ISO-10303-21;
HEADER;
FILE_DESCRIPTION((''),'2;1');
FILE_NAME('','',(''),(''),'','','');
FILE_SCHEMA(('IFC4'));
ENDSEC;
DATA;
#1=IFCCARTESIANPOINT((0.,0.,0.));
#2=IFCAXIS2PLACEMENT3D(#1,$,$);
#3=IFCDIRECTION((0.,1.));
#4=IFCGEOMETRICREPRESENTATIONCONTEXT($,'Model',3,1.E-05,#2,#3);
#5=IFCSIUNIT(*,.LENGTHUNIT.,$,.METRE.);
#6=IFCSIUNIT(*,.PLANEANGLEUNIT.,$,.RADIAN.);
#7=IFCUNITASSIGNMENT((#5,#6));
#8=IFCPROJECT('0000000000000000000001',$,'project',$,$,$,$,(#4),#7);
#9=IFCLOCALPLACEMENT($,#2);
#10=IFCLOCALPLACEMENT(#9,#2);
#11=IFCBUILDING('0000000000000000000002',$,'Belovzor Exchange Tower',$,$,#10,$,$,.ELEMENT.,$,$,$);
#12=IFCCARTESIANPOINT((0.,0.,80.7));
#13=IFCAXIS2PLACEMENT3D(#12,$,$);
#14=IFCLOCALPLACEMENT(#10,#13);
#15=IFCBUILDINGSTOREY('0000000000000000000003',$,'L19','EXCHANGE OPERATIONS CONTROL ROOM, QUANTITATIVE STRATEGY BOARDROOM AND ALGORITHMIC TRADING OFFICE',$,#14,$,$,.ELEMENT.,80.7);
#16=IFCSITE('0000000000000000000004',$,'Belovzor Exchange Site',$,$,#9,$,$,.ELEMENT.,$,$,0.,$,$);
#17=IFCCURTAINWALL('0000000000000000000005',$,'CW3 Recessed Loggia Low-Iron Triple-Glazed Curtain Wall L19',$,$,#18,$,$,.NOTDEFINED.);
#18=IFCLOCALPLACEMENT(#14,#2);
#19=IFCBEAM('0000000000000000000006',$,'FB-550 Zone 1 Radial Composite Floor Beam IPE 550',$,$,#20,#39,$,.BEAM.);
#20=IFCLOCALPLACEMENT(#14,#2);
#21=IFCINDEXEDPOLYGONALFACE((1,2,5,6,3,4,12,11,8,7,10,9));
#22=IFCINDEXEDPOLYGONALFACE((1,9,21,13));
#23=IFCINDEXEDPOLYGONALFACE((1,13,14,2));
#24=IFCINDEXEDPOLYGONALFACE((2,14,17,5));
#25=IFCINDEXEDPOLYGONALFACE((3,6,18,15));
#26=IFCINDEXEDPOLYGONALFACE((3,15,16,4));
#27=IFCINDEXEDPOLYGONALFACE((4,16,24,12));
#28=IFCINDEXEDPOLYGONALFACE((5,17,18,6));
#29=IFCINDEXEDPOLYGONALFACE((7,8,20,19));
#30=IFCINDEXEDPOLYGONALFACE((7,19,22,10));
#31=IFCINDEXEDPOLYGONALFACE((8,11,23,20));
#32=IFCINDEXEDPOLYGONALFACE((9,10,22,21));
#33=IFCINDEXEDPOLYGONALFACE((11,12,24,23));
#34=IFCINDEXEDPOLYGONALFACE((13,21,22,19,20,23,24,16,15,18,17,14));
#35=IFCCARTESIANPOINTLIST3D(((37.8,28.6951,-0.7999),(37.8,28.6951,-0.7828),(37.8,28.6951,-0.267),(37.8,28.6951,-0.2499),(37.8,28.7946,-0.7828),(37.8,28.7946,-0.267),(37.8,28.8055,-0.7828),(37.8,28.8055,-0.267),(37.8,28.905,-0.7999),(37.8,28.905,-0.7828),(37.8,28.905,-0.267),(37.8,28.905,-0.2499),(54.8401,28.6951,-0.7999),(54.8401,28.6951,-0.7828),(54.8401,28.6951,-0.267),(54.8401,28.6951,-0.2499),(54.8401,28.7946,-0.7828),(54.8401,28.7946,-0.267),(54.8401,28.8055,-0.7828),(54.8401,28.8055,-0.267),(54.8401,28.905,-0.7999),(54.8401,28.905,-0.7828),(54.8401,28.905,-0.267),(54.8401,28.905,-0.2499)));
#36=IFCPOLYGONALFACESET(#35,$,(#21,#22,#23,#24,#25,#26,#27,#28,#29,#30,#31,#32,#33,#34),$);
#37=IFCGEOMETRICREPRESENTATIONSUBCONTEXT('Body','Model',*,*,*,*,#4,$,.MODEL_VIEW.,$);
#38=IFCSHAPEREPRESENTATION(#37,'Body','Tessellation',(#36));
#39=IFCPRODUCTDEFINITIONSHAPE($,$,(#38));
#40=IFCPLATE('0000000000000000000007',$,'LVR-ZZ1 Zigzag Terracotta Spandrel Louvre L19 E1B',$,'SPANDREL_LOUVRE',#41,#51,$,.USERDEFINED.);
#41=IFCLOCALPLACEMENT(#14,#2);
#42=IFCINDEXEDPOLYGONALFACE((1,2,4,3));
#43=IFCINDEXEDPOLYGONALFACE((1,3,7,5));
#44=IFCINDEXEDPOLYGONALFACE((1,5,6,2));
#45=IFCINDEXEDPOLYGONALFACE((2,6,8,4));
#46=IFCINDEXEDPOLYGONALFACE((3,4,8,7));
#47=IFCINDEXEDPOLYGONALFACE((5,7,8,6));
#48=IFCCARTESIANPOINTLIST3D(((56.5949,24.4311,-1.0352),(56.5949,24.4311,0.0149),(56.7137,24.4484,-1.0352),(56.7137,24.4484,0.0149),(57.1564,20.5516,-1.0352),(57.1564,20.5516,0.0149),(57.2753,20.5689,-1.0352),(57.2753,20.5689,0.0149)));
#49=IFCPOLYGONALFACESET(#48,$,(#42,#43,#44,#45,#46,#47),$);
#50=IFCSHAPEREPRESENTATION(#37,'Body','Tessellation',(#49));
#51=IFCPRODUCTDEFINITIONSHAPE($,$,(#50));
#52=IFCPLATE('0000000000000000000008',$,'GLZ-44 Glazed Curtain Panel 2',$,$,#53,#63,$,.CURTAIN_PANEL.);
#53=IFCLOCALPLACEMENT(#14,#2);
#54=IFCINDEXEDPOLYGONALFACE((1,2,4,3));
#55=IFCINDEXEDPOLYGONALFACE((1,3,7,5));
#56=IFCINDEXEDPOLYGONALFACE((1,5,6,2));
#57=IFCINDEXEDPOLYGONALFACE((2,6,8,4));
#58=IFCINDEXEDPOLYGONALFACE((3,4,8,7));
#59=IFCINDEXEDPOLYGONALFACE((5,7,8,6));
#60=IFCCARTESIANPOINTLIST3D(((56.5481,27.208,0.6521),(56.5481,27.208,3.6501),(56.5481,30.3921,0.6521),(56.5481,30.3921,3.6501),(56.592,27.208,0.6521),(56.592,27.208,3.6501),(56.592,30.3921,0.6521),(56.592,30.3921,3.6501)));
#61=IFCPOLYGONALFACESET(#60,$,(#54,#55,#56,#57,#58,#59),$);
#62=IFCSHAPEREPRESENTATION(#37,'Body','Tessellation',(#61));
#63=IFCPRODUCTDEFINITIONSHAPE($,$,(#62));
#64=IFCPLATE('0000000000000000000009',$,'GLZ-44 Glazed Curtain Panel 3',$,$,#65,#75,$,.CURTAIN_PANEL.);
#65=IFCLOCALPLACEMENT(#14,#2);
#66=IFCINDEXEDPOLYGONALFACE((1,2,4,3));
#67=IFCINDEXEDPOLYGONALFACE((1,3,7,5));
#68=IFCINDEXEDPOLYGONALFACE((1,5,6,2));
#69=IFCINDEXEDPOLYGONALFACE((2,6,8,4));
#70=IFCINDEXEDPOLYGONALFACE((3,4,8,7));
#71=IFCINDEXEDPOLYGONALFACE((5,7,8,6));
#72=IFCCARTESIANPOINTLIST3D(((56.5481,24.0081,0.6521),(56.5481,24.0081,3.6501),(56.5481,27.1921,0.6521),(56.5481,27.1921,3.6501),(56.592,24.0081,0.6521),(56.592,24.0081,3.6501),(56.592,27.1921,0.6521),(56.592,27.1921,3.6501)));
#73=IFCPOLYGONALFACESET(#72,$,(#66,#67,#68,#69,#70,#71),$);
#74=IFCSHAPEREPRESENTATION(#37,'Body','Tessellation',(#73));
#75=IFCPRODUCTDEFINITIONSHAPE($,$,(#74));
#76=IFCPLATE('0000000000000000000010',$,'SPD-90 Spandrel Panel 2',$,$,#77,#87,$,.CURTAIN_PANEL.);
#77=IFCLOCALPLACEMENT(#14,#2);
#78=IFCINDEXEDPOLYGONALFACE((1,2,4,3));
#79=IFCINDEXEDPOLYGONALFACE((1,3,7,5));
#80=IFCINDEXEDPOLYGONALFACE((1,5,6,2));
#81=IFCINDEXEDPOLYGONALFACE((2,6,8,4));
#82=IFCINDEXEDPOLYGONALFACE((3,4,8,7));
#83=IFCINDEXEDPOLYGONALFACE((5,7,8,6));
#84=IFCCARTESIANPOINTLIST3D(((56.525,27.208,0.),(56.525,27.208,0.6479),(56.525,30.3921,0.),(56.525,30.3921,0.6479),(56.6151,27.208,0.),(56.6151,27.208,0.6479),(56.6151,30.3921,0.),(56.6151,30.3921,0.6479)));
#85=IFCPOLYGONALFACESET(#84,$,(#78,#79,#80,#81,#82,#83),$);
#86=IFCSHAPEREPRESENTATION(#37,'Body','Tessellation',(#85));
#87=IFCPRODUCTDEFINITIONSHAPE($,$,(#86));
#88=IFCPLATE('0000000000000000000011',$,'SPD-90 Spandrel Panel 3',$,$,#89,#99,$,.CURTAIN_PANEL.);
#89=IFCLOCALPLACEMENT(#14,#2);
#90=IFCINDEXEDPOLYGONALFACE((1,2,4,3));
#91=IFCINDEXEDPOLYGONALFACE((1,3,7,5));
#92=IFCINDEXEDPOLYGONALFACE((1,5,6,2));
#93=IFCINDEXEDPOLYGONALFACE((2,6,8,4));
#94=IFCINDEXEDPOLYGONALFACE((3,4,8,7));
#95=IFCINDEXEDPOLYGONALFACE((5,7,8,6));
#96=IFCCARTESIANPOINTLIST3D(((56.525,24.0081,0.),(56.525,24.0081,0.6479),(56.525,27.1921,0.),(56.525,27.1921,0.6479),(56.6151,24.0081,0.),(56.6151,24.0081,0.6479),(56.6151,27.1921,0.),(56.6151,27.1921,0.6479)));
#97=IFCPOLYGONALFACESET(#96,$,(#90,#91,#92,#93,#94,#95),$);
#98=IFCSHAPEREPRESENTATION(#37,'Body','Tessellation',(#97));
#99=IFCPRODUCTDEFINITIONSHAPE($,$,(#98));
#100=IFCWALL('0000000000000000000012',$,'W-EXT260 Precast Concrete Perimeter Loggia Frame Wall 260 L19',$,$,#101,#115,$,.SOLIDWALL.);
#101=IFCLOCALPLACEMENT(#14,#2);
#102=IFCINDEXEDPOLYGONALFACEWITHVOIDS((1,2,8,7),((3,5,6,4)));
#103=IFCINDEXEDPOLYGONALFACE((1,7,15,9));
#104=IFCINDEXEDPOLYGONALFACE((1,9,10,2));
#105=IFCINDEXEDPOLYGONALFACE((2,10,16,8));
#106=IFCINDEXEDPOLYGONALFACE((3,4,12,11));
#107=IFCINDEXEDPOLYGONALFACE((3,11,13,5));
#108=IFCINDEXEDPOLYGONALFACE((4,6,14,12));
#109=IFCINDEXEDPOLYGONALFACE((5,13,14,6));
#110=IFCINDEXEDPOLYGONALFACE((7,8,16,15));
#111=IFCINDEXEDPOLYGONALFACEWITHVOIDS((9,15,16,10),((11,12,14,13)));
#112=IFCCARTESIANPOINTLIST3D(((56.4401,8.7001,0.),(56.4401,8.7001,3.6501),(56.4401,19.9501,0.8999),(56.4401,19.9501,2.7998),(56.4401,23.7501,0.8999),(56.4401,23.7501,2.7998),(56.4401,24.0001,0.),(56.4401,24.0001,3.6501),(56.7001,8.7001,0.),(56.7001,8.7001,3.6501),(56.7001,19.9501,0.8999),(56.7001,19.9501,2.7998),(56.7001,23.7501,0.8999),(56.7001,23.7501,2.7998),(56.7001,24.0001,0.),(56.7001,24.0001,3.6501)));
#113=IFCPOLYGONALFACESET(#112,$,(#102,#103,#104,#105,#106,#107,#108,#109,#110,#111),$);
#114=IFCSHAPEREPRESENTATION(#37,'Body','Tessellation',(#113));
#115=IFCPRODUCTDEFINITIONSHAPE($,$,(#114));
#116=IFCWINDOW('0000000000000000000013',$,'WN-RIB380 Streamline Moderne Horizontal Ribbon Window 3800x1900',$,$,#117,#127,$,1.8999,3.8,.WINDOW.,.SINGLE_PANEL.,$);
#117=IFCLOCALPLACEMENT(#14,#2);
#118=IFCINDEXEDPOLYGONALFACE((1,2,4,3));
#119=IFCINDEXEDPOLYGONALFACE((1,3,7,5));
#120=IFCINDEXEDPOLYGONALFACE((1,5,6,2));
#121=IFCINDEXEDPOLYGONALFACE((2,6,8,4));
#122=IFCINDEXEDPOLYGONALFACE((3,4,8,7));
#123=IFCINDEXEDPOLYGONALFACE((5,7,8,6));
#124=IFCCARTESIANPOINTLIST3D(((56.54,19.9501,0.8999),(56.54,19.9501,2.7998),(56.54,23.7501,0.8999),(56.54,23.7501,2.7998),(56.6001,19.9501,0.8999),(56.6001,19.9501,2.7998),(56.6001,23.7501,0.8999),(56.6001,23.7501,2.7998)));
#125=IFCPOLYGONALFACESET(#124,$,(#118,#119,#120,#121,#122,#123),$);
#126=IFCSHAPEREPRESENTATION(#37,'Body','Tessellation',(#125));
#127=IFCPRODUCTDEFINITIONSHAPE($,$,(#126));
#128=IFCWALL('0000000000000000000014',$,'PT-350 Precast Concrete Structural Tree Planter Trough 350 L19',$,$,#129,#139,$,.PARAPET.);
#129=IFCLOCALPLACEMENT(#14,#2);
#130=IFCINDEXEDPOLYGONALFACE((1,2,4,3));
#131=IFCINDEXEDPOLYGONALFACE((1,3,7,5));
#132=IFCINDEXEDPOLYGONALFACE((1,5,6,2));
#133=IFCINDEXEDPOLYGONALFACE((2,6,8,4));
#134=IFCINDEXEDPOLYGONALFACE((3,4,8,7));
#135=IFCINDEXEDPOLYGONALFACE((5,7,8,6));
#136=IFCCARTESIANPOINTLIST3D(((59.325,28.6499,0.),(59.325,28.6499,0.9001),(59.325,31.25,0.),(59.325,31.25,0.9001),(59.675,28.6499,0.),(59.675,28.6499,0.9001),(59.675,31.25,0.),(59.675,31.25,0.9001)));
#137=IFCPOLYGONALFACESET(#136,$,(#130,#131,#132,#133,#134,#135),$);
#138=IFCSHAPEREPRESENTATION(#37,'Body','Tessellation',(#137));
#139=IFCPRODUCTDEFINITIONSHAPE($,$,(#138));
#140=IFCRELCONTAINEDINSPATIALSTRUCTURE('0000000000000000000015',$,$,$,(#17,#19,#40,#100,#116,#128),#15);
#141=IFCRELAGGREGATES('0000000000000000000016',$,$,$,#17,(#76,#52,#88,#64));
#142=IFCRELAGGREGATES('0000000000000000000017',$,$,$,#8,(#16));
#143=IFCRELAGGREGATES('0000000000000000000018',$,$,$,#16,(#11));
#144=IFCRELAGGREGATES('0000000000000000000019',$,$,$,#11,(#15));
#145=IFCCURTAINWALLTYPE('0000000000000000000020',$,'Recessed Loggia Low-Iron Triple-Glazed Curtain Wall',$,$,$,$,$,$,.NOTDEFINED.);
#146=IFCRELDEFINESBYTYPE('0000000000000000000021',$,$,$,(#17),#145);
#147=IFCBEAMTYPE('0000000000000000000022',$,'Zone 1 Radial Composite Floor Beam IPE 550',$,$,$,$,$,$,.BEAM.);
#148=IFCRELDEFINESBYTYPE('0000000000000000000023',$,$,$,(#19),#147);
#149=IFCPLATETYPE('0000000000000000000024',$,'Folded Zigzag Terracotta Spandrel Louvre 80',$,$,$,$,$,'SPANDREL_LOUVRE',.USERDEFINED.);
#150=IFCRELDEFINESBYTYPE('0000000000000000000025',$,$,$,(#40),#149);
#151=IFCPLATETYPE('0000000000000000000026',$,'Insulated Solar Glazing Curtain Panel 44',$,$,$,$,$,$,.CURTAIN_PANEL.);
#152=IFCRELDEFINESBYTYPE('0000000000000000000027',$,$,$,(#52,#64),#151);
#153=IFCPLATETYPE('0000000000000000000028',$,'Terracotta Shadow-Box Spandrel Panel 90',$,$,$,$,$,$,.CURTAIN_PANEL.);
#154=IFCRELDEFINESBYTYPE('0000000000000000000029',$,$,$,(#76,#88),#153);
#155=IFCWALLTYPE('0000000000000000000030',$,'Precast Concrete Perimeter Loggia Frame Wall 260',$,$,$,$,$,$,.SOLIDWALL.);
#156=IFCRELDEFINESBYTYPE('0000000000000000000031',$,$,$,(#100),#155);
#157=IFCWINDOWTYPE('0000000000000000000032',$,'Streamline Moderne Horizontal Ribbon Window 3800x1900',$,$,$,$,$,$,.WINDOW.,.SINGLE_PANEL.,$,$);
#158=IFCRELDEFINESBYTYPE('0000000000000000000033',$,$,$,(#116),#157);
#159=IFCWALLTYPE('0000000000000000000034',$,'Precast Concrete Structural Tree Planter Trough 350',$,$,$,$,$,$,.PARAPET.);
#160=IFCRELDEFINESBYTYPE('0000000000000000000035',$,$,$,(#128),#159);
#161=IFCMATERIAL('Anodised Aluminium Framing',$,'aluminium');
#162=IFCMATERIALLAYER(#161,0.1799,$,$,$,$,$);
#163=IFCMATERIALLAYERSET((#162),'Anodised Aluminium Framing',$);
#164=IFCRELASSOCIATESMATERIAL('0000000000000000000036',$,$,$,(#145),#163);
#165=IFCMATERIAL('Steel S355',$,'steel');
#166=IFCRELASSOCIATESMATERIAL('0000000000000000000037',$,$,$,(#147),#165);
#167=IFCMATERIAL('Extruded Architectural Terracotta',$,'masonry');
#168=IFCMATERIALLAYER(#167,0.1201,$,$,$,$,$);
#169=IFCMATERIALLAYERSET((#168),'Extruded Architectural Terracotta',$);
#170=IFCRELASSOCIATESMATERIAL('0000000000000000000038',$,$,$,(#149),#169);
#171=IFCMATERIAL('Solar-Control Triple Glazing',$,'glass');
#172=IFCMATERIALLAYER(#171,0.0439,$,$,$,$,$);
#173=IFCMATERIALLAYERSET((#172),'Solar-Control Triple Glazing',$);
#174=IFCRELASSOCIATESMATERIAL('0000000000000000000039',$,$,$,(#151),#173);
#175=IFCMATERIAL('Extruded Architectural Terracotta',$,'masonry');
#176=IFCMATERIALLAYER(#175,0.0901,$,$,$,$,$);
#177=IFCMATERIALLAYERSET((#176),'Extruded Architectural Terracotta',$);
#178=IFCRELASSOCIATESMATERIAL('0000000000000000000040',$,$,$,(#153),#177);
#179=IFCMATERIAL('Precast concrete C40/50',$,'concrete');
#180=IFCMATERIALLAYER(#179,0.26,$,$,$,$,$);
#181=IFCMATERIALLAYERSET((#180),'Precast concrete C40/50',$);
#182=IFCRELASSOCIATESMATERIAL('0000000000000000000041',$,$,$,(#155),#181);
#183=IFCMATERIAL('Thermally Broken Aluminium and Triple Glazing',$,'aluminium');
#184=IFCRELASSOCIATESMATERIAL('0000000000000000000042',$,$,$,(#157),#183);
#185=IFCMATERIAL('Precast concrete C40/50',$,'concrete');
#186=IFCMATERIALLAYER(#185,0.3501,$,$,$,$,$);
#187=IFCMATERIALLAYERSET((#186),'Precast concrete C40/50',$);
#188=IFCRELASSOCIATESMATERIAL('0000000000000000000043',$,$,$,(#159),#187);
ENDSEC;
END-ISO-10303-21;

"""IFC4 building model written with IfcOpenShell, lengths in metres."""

from ifc_helpers import new_model, si_unit, direction, frame, frame_2d, origin, origin_2d, place, context, subcontext, project, spatial, rectangle, i_section, extrude, material, layer, layer_set, material_profile, profile_set, type_object, element, fill, aggregate, save


model = new_model("IFC4")

# Units and contexts
model_context = context("Model", 3, precision=1e-05, world=origin(), true_north=direction((0.0, 1.0)))
body_context = subcontext(model_context, "Body", "Model", "MODEL_VIEW")
ifc_project = project(units=[si_unit("LENGTHUNIT", "METRE"), si_unit("PLANEANGLEUNIT", "RADIAN")], contexts=[model_context])

# Site, building, storey
site_placement = place(None, origin())
site = spatial("IfcSite", under=ifc_project, at=site_placement, Name="Belovzor Exchange Site", CompositionType="ELEMENT", RefElevation=0.0)
building_placement = place(site_placement, origin())
building = spatial("IfcBuilding", under=site, at=building_placement, Name="Belovzor Exchange Tower", CompositionType="ELEMENT")
storey_placement = place(building_placement, frame((0.0, 0.0, 80.7)))
storey = spatial("IfcBuildingStorey", under=building, at=storey_placement, Name="L19", Description="EXCHANGE OPERATIONS CONTROL ROOM, QUANTITATIVE STRATEGY BOARDROOM AND ALGORITHMIC TRADING OFFICE", CompositionType="ELEMENT", Elevation=80.7)

# Curtain wall
ifc_material_1 = material(Name="Anodised Aluminium Framing", Category="aluminium")
ifc_layer_1 = layer(ifc_material_1, 0.1799)
ifc_layer_set_1 = layer_set([ifc_layer_1], Name="Anodised Aluminium Framing")
curtain_wall_type = type_object("IfcCurtainWallType", Name="Recessed Loggia Low-Iron Triple-Glazed Curtain Wall", PredefinedType="NOTDEFINED", material=ifc_layer_set_1)
curtain_wall_placement = place(storey_placement, origin())
curtain_wall = element("IfcCurtainWall", 1, at=curtain_wall_placement, inside=storey, type_object=curtain_wall_type, Name="CW3 Recessed Loggia Low-Iron Triple-Glazed Curtain Wall L19", PredefinedType="NOTDEFINED")

# Beam
ifc_material_2 = material(Name="Steel S355", Category="steel")
ifc_material_profile_1 = material_profile(ifc_material_2, i_section(OverallWidth=0.21, OverallDepth=0.55, WebThickness=0.011, FlangeThickness=0.0171, at=origin_2d()))
ifc_profile_set_1 = profile_set([ifc_material_profile_1], Name="Steel S355")
beam_type_1 = type_object("IfcBeamType", Name="Zone 1 Radial Composite Floor Beam IPE 550", PredefinedType="BEAM", material=ifc_profile_set_1)
beam_1_placement = place(storey_placement, frame((37.8, 28.8, -0.5249), z_axis=(1.0, 0.0, 0.0), x_axis=(0.0, 1.0, 0.0)))
element("IfcBeam", 2, at=beam_1_placement, inside=storey, type_object=beam_type_1, Name="FB-550 Zone 1 Radial Composite Floor Beam IPE 550", PredefinedType="BEAM", context=body_context, shape_type="SweptSolid", body=[
    extrude(i_section(OverallWidth=0.21, OverallDepth=0.55, WebThickness=0.011, FlangeThickness=0.0171, at=origin_2d()), origin(), (0.0, 0.0, 1.0), 17.04),
])

# Plates
ifc_material_3 = material(Name="Extruded Architectural Terracotta", Category="masonry")
ifc_layer_2 = layer(ifc_material_3, 0.1201)
ifc_layer_set_2 = layer_set([ifc_layer_2], Name="Extruded Architectural Terracotta")
plate_type_1 = type_object("IfcPlateType", Name="Folded Zigzag Terracotta Spandrel Louvre 80", ElementType="SPANDREL_LOUVRE", PredefinedType="USERDEFINED", material=ifc_layer_set_2)
plate_1_placement = place(storey_placement, frame((56.9351, 22.5, -1.0352), z_axis=(0.0, 0.0, 1.0), x_axis=(-0.143251, 0.989686, 0.0)))
element("IfcPlate", 3, at=plate_1_placement, inside=storey, type_object=plate_type_1, Name="LVR-ZZ1 Zigzag Terracotta Spandrel Louvre L19 E1B", ObjectType="SPANDREL_LOUVRE", PredefinedType="USERDEFINED", context=body_context, shape_type="SweptSolid", body=[
    extrude(rectangle(XDim=3.9199, YDim=0.1201, at=origin_2d()), origin(), (0.0, 0.0, 1.0), 1.05),
])
ifc_material_4 = material(Name="Solar-Control Triple Glazing", Category="glass")
ifc_layer_3 = layer(ifc_material_4, 0.0439)
ifc_layer_set_3 = layer_set([ifc_layer_3], Name="Solar-Control Triple Glazing")
plate_type_2 = type_object("IfcPlateType", Name="Insulated Solar Glazing Curtain Panel 44", PredefinedType="CURTAIN_PANEL", material=ifc_layer_set_3)
plate_2_placement = place(storey_placement, frame((56.5701, 28.8, 0.6521), z_axis=(0.0, 0.0, 1.0), x_axis=(0.0, -1.0, 0.0)))
plate_2 = element("IfcPlate", 4, at=plate_2_placement, type_object=plate_type_2, Name="GLZ-44 Glazed Curtain Panel 2", PredefinedType="CURTAIN_PANEL", context=body_context, shape_type="SweptSolid", body=[
    extrude(rectangle(XDim=3.1841, YDim=0.0439, at=origin_2d()), origin(), (0.0, 0.0, 1.0), 2.998),
])
plate_3_placement = place(storey_placement, frame((56.5701, 25.6001, 0.6521), z_axis=(0.0, 0.0, 1.0), x_axis=(0.0, -1.0, 0.0)))
plate_3 = element("IfcPlate", 5, at=plate_3_placement, type_object=plate_type_2, Name="GLZ-44 Glazed Curtain Panel 3", PredefinedType="CURTAIN_PANEL", context=body_context, shape_type="SweptSolid", body=[
    extrude(rectangle(XDim=3.1841, YDim=0.0439, at=origin_2d()), origin(), (0.0, 0.0, 1.0), 2.998),
])
ifc_material_5 = material(Name="Extruded Architectural Terracotta", Category="masonry")
ifc_layer_4 = layer(ifc_material_5, 0.0901)
ifc_layer_set_4 = layer_set([ifc_layer_4], Name="Extruded Architectural Terracotta")
plate_type_3 = type_object("IfcPlateType", Name="Terracotta Shadow-Box Spandrel Panel 90", PredefinedType="CURTAIN_PANEL", material=ifc_layer_set_4)
plate_4_placement = place(storey_placement, frame((56.5701, 28.8, 0.0), z_axis=(0.0, 0.0, 1.0), x_axis=(0.0, -1.0, 0.0)))
plate_4 = element("IfcPlate", 6, at=plate_4_placement, type_object=plate_type_3, Name="SPD-90 Spandrel Panel 2", PredefinedType="CURTAIN_PANEL", context=body_context, shape_type="SweptSolid", body=[
    extrude(rectangle(XDim=3.1841, YDim=0.0901, at=origin_2d()), origin(), (0.0, 0.0, 1.0), 0.6479),
])
plate_5_placement = place(storey_placement, frame((56.5701, 25.6001, 0.0), z_axis=(0.0, 0.0, 1.0), x_axis=(0.0, -1.0, 0.0)))
plate_5 = element("IfcPlate", 7, at=plate_5_placement, type_object=plate_type_3, Name="SPD-90 Spandrel Panel 3", PredefinedType="CURTAIN_PANEL", context=body_context, shape_type="SweptSolid", body=[
    extrude(rectangle(XDim=3.1841, YDim=0.0901, at=origin_2d()), origin(), (0.0, 0.0, 1.0), 0.6479),
])
aggregate(curtain_wall, [plate_4, plate_2, plate_5, plate_3])

# Wall, opening, window
ifc_material_6 = material(Name="Precast concrete C40/50", Category="concrete")
ifc_layer_5 = layer(ifc_material_6, 0.26)
ifc_layer_set_5 = layer_set([ifc_layer_5], Name="Precast concrete C40/50")
wall_type_1 = type_object("IfcWallType", Name="Precast Concrete Perimeter Loggia Frame Wall 260", PredefinedType="SOLIDWALL", material=ifc_layer_set_5)
wall_1_placement = place(storey_placement, frame((56.5701, 24.0, 0.0), z_axis=(0.0, 0.0, 1.0), x_axis=(0.0, -1.0, 0.0)))
wall_1 = element("IfcWall", 8, at=wall_1_placement, inside=storey, type_object=wall_type_1, Name="W-EXT260 Precast Concrete Perimeter Loggia Frame Wall 260 L19", PredefinedType="SOLIDWALL", context=body_context, shape_type="SweptSolid", body=[
    extrude(rectangle(XDim=15.3, YDim=0.26, at=frame_2d((7.6499, 0.0))), origin(), (0.0, 0.0, 1.0), 3.6501),
])
opening_placement = place(wall_1_placement, frame((0.25, 0.0, 0.8999)))
opening = element("IfcOpeningElement", 9, at=opening_placement, cuts=wall_1, PredefinedType="OPENING", context=body_context, shape_type="SweptSolid", body=[
    extrude(rectangle(XDim=3.8, YDim=1.8999, at=frame_2d((1.8999, 0.95))), frame((0.0, 0.1399, 0.0), z_axis=(0.0, -1.0, 0.0), x_axis=(1.0, 0.0, 0.0)), (0.0, 0.0, 1.0), 0.28),
])
ifc_material_7 = material(Name="Thermally Broken Aluminium and Triple Glazing", Category="aluminium")
window_type = type_object("IfcWindowType", Name="Streamline Moderne Horizontal Ribbon Window 3800x1900", PartitioningType="SINGLE_PANEL", PredefinedType="WINDOW", material=ifc_material_7)
window_placement = place(opening_placement, origin())
window = element("IfcWindow", 10, at=window_placement, inside=storey, type_object=window_type, Name="WN-RIB380 Streamline Moderne Horizontal Ribbon Window 3800x1900", OverallHeight=1.8999, OverallWidth=3.8, PartitioningType="SINGLE_PANEL", PredefinedType="WINDOW", context=body_context, shape_type="SweptSolid", body=[
    extrude(rectangle(XDim=3.8, YDim=1.8999, at=frame_2d((1.8999, 0.95))), frame((0.0, 0.03, 0.0), z_axis=(0.0, -1.0, 0.0), x_axis=(1.0, 0.0, 0.0)), (0.0, 0.0, 1.0), 0.0601),
])
fill(opening, window)

# Wall
ifc_material_8 = material(Name="Precast concrete C40/50", Category="concrete")
ifc_layer_6 = layer(ifc_material_8, 0.3501)
ifc_layer_set_6 = layer_set([ifc_layer_6], Name="Precast concrete C40/50")
wall_type_2 = type_object("IfcWallType", Name="Precast Concrete Structural Tree Planter Trough 350", PredefinedType="PARAPET", material=ifc_layer_set_6)
wall_2_placement = place(storey_placement, frame((59.5, 28.6499, 0.0), z_axis=(0.0, 0.0, 1.0), x_axis=(0.0, 1.0, 0.0)))
element("IfcWall", 11, at=wall_2_placement, inside=storey, type_object=wall_type_2, Name="PT-350 Precast Concrete Structural Tree Planter Trough 350 L19", PredefinedType="PARAPET", context=body_context, shape_type="SweptSolid", body=[
    extrude(rectangle(XDim=2.6001, YDim=0.3501, at=frame_2d((1.3, 0.0))), origin(), (0.0, 0.0, 1.0), 0.9001),
])

save(model, "model.ifc")
